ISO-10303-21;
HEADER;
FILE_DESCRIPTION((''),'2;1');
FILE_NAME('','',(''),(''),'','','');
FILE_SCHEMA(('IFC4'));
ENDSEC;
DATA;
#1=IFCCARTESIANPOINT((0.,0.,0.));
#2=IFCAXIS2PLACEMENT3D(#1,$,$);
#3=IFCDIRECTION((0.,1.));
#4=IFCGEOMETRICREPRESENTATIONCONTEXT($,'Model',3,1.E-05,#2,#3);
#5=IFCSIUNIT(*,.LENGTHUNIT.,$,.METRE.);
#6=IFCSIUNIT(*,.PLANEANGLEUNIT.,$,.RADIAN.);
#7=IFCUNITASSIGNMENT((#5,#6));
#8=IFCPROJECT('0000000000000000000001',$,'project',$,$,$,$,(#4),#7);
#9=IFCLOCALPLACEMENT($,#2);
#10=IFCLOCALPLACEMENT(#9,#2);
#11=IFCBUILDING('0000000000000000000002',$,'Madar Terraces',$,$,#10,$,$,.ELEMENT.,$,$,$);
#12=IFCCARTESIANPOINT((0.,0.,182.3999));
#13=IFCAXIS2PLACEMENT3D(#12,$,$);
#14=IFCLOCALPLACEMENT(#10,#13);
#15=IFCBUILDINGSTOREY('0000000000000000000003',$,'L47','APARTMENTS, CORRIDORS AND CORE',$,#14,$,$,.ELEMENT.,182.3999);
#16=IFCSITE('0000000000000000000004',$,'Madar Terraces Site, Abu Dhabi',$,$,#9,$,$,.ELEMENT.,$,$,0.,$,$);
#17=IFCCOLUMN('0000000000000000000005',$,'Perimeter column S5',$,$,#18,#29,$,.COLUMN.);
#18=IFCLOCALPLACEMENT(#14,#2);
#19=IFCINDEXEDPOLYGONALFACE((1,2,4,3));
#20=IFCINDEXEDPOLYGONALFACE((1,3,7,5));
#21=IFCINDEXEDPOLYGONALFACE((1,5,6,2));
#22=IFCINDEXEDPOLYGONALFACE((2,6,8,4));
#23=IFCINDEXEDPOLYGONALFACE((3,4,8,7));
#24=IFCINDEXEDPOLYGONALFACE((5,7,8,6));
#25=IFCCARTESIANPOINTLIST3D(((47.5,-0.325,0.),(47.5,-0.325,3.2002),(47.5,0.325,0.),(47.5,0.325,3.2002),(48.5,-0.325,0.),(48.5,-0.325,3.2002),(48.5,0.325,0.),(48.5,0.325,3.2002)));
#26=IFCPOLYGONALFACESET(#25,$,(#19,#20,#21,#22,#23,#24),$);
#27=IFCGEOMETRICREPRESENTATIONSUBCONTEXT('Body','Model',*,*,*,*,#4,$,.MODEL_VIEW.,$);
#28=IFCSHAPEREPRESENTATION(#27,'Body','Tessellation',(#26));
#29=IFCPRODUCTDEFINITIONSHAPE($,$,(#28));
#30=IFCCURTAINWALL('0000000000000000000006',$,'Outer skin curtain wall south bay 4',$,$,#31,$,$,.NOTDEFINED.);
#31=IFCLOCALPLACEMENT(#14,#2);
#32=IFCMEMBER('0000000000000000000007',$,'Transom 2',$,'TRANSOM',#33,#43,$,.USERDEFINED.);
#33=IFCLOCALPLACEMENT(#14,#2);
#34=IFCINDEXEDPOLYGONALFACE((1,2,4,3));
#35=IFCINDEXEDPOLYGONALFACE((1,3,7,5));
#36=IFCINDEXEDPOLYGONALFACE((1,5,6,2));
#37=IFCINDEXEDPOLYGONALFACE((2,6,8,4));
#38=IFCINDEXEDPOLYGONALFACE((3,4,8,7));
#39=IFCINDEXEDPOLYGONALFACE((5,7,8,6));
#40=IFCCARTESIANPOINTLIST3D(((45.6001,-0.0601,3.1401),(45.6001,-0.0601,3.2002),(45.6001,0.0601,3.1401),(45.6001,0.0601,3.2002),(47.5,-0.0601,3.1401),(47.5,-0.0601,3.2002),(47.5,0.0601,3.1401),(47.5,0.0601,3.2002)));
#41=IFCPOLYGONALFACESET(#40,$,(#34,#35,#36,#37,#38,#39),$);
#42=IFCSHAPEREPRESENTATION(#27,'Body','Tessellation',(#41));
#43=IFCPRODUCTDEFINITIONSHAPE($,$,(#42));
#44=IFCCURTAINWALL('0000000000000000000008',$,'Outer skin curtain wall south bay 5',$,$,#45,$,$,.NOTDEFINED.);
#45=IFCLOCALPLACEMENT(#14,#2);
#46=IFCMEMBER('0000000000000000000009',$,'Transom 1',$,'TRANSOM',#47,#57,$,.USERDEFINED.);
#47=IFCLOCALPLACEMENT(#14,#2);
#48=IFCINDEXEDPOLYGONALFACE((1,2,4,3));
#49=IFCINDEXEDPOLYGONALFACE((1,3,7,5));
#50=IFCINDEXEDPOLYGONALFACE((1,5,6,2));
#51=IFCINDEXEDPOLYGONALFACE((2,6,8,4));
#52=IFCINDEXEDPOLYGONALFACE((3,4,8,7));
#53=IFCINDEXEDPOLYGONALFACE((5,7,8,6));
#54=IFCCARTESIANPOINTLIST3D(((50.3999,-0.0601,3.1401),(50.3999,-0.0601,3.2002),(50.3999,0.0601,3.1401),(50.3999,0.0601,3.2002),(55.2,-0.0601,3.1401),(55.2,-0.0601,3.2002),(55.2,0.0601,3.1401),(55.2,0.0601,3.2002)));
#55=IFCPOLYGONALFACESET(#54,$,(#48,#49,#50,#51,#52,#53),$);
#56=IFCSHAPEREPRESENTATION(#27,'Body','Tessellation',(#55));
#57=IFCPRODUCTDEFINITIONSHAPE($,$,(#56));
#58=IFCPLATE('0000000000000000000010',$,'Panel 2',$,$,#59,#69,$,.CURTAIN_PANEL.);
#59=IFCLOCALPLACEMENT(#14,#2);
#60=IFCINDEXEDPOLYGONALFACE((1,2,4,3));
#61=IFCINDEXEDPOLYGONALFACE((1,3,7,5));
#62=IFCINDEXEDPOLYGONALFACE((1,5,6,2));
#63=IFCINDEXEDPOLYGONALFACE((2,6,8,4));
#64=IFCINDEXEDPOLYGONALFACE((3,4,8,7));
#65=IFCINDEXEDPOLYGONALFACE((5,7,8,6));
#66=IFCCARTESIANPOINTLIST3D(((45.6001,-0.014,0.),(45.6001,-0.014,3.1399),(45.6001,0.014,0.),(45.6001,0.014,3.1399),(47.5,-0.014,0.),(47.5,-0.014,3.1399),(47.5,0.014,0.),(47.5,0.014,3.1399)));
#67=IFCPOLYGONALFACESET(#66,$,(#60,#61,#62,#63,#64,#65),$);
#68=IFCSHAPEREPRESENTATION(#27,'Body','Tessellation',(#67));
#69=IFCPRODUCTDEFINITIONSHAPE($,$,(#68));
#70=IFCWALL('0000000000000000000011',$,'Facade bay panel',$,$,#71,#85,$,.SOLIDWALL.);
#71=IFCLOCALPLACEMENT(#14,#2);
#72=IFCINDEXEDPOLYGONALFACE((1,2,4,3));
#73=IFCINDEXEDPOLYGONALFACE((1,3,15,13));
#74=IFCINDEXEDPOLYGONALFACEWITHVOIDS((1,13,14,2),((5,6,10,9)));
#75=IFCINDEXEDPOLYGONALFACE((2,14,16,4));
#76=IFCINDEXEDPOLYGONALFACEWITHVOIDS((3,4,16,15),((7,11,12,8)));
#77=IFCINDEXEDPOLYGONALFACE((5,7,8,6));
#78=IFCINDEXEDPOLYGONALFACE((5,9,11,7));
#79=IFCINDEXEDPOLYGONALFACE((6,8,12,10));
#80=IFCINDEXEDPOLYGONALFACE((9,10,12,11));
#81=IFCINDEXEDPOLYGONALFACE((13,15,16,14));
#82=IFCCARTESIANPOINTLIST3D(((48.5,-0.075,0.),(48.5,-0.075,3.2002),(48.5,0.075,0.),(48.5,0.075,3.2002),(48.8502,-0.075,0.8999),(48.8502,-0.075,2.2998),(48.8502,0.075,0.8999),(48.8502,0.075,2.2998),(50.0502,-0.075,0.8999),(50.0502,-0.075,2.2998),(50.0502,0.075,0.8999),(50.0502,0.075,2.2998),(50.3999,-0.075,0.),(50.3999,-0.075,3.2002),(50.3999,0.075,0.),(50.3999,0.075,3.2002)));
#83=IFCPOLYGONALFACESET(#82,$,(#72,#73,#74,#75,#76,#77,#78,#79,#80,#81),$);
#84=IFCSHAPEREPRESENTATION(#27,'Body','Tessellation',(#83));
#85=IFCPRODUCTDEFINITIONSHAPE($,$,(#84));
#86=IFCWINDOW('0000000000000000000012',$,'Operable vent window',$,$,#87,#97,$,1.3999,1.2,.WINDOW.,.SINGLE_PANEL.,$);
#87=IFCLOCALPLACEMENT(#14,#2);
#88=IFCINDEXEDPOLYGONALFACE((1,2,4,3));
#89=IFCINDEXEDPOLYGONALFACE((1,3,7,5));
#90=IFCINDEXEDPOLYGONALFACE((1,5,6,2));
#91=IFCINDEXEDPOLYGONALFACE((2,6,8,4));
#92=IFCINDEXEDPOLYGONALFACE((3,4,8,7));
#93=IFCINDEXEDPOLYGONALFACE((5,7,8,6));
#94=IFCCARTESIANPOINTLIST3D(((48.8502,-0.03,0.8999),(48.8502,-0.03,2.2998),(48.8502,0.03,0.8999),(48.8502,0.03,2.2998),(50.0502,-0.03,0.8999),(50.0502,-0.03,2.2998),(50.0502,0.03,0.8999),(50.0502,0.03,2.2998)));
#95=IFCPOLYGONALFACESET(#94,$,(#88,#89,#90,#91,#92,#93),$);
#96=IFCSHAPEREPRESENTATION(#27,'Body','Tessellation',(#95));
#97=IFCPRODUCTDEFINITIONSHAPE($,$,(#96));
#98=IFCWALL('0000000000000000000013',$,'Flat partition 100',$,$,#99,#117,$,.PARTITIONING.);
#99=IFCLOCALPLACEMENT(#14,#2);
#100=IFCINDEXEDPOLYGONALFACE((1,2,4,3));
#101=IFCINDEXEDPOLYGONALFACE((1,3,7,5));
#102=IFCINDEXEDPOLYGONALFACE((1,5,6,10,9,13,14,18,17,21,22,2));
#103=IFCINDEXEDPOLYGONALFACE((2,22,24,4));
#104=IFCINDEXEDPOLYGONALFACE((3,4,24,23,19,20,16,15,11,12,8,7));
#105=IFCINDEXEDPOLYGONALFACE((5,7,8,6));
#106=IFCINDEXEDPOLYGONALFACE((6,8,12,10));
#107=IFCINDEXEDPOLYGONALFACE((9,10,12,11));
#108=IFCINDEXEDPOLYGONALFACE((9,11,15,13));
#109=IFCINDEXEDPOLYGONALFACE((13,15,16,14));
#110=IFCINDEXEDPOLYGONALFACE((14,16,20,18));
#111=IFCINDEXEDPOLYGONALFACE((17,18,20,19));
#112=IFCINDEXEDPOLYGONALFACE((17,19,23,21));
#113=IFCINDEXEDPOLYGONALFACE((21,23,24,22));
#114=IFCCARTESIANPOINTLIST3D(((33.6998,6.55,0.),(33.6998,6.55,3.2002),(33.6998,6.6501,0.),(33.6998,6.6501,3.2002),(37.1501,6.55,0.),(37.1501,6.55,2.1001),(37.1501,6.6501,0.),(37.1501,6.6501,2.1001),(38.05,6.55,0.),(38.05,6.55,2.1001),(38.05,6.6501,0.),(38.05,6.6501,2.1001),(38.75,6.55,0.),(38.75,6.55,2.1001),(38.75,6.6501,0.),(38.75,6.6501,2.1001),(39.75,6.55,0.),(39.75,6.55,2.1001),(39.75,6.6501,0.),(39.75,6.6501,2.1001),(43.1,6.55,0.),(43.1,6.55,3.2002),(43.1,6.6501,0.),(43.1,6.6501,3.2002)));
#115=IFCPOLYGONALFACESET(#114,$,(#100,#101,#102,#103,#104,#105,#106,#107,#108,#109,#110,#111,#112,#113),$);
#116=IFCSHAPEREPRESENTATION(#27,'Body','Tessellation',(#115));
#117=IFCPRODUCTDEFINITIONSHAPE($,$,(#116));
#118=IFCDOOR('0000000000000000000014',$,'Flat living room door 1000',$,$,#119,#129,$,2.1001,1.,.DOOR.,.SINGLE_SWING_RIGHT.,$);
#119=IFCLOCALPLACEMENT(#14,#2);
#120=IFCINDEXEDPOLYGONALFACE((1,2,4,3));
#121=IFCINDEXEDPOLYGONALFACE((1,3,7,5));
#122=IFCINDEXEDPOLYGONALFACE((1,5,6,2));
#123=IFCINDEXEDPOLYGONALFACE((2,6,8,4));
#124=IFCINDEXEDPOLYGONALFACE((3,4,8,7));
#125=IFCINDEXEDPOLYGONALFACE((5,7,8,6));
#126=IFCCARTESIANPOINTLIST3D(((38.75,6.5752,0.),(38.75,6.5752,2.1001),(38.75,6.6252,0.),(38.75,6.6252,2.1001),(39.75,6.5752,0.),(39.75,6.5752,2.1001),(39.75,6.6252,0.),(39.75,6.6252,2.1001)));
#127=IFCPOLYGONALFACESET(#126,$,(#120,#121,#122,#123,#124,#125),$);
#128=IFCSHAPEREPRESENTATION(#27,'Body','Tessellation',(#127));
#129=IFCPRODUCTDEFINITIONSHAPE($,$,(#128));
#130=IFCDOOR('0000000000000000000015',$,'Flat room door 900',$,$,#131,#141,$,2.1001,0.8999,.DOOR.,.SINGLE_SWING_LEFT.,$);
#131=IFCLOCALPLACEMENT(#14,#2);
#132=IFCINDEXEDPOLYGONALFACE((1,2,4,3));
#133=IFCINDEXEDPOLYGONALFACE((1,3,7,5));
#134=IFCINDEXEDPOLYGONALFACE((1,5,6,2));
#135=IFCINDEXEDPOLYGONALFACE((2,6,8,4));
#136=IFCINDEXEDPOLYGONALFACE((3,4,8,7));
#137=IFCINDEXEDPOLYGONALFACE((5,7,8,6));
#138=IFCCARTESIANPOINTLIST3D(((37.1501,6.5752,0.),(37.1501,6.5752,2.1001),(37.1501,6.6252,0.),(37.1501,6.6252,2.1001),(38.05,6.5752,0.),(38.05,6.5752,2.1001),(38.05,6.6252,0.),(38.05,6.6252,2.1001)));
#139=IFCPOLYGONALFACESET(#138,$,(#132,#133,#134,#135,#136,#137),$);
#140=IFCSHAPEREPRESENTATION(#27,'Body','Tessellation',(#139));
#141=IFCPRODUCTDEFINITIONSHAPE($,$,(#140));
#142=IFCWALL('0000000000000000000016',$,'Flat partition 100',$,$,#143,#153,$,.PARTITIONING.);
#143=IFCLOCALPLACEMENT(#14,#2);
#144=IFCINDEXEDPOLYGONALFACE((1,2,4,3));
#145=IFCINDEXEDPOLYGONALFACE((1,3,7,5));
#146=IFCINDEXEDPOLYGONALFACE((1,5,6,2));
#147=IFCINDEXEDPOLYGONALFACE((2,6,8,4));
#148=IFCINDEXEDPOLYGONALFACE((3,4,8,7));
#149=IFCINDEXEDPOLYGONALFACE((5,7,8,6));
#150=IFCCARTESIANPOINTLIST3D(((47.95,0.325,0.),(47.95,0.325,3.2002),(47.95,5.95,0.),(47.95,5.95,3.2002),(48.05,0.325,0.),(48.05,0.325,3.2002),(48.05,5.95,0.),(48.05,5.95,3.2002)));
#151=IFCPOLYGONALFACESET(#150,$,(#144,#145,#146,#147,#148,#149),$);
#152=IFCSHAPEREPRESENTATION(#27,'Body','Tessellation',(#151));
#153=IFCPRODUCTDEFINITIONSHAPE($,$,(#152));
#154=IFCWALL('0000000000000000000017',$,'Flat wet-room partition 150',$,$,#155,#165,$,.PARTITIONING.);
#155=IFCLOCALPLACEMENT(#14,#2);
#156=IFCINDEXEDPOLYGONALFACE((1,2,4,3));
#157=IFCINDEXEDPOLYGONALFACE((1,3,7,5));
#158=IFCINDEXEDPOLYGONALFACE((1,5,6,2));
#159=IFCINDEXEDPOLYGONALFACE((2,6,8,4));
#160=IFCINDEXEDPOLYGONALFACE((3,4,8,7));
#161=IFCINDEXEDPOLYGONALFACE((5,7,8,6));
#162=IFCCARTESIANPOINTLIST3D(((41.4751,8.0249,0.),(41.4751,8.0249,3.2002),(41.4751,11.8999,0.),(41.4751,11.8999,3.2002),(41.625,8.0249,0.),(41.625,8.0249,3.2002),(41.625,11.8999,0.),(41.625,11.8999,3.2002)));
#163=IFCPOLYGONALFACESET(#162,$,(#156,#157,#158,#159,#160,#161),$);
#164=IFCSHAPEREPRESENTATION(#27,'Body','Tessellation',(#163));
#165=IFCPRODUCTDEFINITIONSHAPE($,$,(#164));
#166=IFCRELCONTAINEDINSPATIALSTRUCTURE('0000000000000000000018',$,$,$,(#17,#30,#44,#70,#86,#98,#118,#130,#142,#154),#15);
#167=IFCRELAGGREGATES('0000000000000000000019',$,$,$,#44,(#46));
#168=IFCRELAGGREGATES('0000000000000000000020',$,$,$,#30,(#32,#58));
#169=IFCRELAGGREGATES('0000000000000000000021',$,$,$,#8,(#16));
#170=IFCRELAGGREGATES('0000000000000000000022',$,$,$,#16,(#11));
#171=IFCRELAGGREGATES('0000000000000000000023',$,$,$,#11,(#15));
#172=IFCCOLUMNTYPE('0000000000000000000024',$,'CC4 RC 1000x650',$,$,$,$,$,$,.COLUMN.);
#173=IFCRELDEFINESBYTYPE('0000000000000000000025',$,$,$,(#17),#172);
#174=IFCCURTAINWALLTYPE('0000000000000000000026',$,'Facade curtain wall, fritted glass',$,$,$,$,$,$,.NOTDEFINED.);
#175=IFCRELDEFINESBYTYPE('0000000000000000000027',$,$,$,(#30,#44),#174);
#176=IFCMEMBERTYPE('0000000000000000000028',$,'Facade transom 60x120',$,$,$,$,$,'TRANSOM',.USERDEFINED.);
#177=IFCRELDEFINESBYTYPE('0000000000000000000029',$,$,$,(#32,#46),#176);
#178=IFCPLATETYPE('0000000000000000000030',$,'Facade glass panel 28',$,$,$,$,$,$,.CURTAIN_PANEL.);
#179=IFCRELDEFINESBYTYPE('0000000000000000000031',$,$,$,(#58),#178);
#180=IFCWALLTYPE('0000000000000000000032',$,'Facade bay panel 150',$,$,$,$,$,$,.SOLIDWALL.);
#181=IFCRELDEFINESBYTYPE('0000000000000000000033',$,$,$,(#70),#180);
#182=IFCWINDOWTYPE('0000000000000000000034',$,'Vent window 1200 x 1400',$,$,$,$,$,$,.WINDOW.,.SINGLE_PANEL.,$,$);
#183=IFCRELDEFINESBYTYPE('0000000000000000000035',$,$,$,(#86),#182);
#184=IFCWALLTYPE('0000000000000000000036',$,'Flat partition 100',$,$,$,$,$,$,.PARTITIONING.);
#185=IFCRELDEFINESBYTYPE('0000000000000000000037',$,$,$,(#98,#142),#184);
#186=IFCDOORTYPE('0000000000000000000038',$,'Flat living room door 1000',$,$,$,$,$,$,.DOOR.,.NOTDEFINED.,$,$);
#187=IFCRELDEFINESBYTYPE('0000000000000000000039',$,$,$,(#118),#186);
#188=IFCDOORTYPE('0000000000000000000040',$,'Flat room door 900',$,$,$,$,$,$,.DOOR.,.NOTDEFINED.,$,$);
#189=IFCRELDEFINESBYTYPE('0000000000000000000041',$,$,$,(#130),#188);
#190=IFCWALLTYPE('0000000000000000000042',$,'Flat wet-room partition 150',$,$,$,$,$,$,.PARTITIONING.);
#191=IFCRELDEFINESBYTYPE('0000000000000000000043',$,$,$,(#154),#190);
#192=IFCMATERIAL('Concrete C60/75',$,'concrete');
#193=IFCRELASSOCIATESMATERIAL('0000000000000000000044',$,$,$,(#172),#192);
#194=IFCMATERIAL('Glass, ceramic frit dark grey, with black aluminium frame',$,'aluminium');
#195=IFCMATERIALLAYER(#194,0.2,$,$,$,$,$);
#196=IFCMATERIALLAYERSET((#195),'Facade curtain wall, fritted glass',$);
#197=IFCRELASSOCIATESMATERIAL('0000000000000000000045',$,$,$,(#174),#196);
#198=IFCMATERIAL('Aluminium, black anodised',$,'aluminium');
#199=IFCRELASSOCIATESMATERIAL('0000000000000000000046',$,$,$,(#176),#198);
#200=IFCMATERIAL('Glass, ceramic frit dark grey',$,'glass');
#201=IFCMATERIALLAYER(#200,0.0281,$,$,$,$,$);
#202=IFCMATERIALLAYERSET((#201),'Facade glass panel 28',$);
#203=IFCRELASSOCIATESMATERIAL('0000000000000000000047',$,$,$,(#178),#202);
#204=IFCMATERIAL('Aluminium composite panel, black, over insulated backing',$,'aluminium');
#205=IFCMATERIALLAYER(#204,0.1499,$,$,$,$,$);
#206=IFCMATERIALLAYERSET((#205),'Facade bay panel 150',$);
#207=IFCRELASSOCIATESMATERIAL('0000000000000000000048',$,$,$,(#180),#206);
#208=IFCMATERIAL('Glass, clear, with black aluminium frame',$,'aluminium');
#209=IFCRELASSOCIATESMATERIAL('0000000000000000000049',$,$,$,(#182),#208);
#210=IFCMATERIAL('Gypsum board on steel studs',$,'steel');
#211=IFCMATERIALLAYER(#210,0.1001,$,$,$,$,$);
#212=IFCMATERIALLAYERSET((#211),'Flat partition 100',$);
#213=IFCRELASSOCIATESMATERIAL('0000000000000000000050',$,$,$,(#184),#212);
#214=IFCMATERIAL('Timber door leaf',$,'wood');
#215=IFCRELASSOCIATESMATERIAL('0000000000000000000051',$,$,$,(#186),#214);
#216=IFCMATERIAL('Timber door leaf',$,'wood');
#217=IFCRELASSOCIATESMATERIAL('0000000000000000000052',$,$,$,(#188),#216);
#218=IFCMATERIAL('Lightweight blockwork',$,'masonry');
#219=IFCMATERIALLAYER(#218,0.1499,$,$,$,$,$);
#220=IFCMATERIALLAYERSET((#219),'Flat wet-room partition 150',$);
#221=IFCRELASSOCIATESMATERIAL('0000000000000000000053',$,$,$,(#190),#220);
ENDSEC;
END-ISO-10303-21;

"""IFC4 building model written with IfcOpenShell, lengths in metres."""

from ifc_helpers import new_model, si_unit, direction, frame, frame_2d, origin, origin_2d, place, context, subcontext, project, spatial, rectangle, extrude, material, layer, layer_set, material_profile, profile_set, type_object, element, fill, aggregate, save


model = new_model("IFC4")

# Units and contexts
model_context = context("Model", 3, precision=1e-05, world=origin(), true_north=direction((0.0, 1.0)))
body_context = subcontext(model_context, "Body", "Model", "MODEL_VIEW")
ifc_project = project(units=[si_unit("LENGTHUNIT", "METRE"), si_unit("PLANEANGLEUNIT", "RADIAN")], contexts=[model_context])

# Site, building, storey
site_placement = place(None, origin())
site = spatial("IfcSite", under=ifc_project, at=site_placement, Name="Madar Terraces Site, Abu Dhabi", CompositionType="ELEMENT", RefElevation=0.0)
building_placement = place(site_placement, origin())
building = spatial("IfcBuilding", under=site, at=building_placement, Name="Madar Terraces", CompositionType="ELEMENT")
storey_placement = place(building_placement, frame((0.0, 0.0, 182.3999)))
storey = spatial("IfcBuildingStorey", under=building, at=storey_placement, Name="L47", Description="APARTMENTS, CORRIDORS AND CORE", CompositionType="ELEMENT", Elevation=182.3999)

# Column
ifc_material_1 = material(Name="Concrete C60/75", Category="concrete")
ifc_material_profile_1 = material_profile(ifc_material_1, rectangle(XDim=1.0, YDim=0.6499, at=origin_2d()), Name="CC4 RC 1000x650")
ifc_profile_set_1 = profile_set([ifc_material_profile_1], Name="Concrete C60/75")
column_type = type_object("IfcColumnType", Name="CC4 RC 1000x650", PredefinedType="COLUMN", material=ifc_profile_set_1)
column_placement = place(storey_placement, frame((48.0, 0.0, 0.0), z_axis=(0.0, 0.0, 1.0), x_axis=(1.0, 0.0, 0.0)))
element("IfcColumn", 1, at=column_placement, inside=storey, type_object=column_type, Name="Perimeter column S5", PredefinedType="COLUMN", context=body_context, shape_type="SweptSolid", body=[
    extrude(rectangle(XDim=1.0, YDim=0.6499, at=origin_2d()), origin(), (0.0, 0.0, 1.0), 3.2002),
])

# Curtain walls, members
ifc_material_2 = material(Name="Glass, ceramic frit dark grey, with black aluminium frame", Category="aluminium")
ifc_layer_1 = layer(ifc_material_2, 0.2)
ifc_layer_set_1 = layer_set([ifc_layer_1], Name="Facade curtain wall, fritted glass")
curtain_wall_type = type_object("IfcCurtainWallType", Name="Facade curtain wall, fritted glass", PredefinedType="NOTDEFINED", material=ifc_layer_set_1)
curtain_wall_1_placement = place(storey_placement, origin())
curtain_wall_1 = element("IfcCurtainWall", 2, at=curtain_wall_1_placement, inside=storey, type_object=curtain_wall_type, Name="Outer skin curtain wall south bay 4", PredefinedType="NOTDEFINED")
ifc_material_3 = material(Name="Aluminium, black anodised", Category="aluminium")
ifc_material_profile_2 = material_profile(ifc_material_3, rectangle(XDim=0.1201, YDim=0.0601, at=origin_2d()), Name="Facade transom 60x120")
ifc_profile_set_2 = profile_set([ifc_material_profile_2], Name="Aluminium, black anodised")
member_type = type_object("IfcMemberType", Name="Facade transom 60x120", ElementType="TRANSOM", PredefinedType="USERDEFINED", material=ifc_profile_set_2)
member_1_placement = place(storey_placement, frame((45.6001, 0.0, 3.1702), z_axis=(1.0, 0.0, 0.0), x_axis=(0.0, 1.0, 0.0)))
member_1 = element("IfcMember", 3, at=member_1_placement, type_object=member_type, Name="Transom 2", ObjectType="TRANSOM", PredefinedType="USERDEFINED", context=body_context, shape_type="SweptSolid", body=[
    extrude(rectangle(XDim=0.1201, YDim=0.0601, at=origin_2d()), origin(), (0.0, 0.0, 1.0), 1.8999),
])
curtain_wall_2_placement = place(storey_placement, origin())
curtain_wall_2 = element("IfcCurtainWall", 4, at=curtain_wall_2_placement, inside=storey, type_object=curtain_wall_type, Name="Outer skin curtain wall south bay 5", PredefinedType="NOTDEFINED")
member_2_placement = place(storey_placement, frame((50.3999, 0.0, 3.1702), z_axis=(1.0, 0.0, 0.0), x_axis=(0.0, 1.0, 0.0)))
member_2 = element("IfcMember", 5, at=member_2_placement, type_object=member_type, Name="Transom 1", ObjectType="TRANSOM", PredefinedType="USERDEFINED", context=body_context, shape_type="SweptSolid", body=[
    extrude(rectangle(XDim=0.1201, YDim=0.0601, at=origin_2d()), origin(), (0.0, 0.0, 1.0), 4.8),
])
aggregate(curtain_wall_2, [member_2])

# Plate
ifc_material_4 = material(Name="Glass, ceramic frit dark grey", Category="glass")
ifc_layer_2 = layer(ifc_material_4, 0.0281)
ifc_layer_set_2 = layer_set([ifc_layer_2], Name="Facade glass panel 28")
plate_type = type_object("IfcPlateType", Name="Facade glass panel 28", PredefinedType="CURTAIN_PANEL", material=ifc_layer_set_2)
plate_placement = place(storey_placement, frame((46.55, 0.0, 0.0), z_axis=(0.0, 0.0, 1.0), x_axis=(1.0, 0.0, 0.0)))
plate = element("IfcPlate", 6, at=plate_placement, type_object=plate_type, Name="Panel 2", PredefinedType="CURTAIN_PANEL", context=body_context, shape_type="SweptSolid", body=[
    extrude(rectangle(XDim=1.8999, YDim=0.0281, at=origin_2d()), origin(), (0.0, 0.0, 1.0), 3.1399),
])
aggregate(curtain_wall_1, [member_1, plate])

# Shared definitions
ifc_material_5 = material(Name="Aluminium composite panel, black, over insulated backing", Category="aluminium")
ifc_layer_3 = layer(ifc_material_5, 0.1499)
ifc_layer_set_3 = layer_set([ifc_layer_3], Name="Facade bay panel 150")
wall_type_1 = type_object("IfcWallType", Name="Facade bay panel 150", PredefinedType="SOLIDWALL", material=ifc_layer_set_3)

# Wall, opening, window
wall_1_placement = place(storey_placement, frame((48.5, 0.0, 0.0), z_axis=(0.0, 0.0, 1.0), x_axis=(1.0, 0.0, 0.0)))
wall_1 = element("IfcWall", 7, at=wall_1_placement, inside=storey, type_object=wall_type_1, Name="Facade bay panel", PredefinedType="SOLIDWALL", context=body_context, shape_type="SweptSolid", body=[
    extrude(rectangle(XDim=1.8999, YDim=0.1499, at=frame_2d((0.95, 0.0))), origin(), (0.0, 0.0, 1.0), 3.2002),
])
opening_1_placement = place(wall_1_placement, frame((0.3501, 0.0, 0.8999)))
opening_1 = element("IfcOpeningElement", 8, at=opening_1_placement, cuts=wall_1, PredefinedType="OPENING", context=body_context, shape_type="SweptSolid", body=[
    extrude(rectangle(XDim=1.2, YDim=1.3999, at=frame_2d((0.6001, 0.7))), frame((0.0, 0.085, 0.0), z_axis=(0.0, -1.0, 0.0), x_axis=(1.0, 0.0, 0.0)), (0.0, 0.0, 1.0), 0.1699),
])
ifc_material_6 = material(Name="Glass, clear, with black aluminium frame", Category="aluminium")
window_type = type_object("IfcWindowType", Name="Vent window 1200 x 1400", PartitioningType="SINGLE_PANEL", PredefinedType="WINDOW", material=ifc_material_6)
window_placement = place(opening_1_placement, origin())
window = element("IfcWindow", 9, at=window_placement, inside=storey, type_object=window_type, Name="Operable vent window", OverallHeight=1.3999, OverallWidth=1.2, PartitioningType="SINGLE_PANEL", PredefinedType="WINDOW", context=body_context, shape_type="SweptSolid", body=[
    extrude(rectangle(XDim=1.2, YDim=1.3999, at=frame_2d((0.6001, 0.7))), frame((0.0, 0.03, 0.0), z_axis=(0.0, -1.0, 0.0), x_axis=(1.0, 0.0, 0.0)), (0.0, 0.0, 1.0), 0.0601),
])
fill(opening_1, window)

# Wall, openings, doors
ifc_material_7 = material(Name="Gypsum board on steel studs", Category="steel")
ifc_layer_4 = layer(ifc_material_7, 0.1001)
ifc_layer_set_4 = layer_set([ifc_layer_4], Name="Flat partition 100")
wall_type_2 = type_object("IfcWallType", Name="Flat partition 100", PredefinedType="PARTITIONING", material=ifc_layer_set_4)
wall_2_placement = place(storey_placement, frame((43.1001, 6.6001, 0.0), z_axis=(0.0, 0.0, 1.0), x_axis=(-1.0, 0.0, 0.0)))
wall_2 = element("IfcWall", 10, at=wall_2_placement, inside=storey, type_object=wall_type_2, Name="Flat partition 100", PredefinedType="PARTITIONING", context=body_context, shape_type="SweptSolid", body=[
    extrude(rectangle(XDim=9.4001, YDim=0.1001, at=frame_2d((4.7002, 0.0))), origin(), (0.0, 0.0, 1.0), 3.2002),
])
opening_2_placement = place(wall_2_placement, frame((3.3501, 0.0, 0.0)))
opening_2 = element("IfcOpeningElement", 11, at=opening_2_placement, cuts=wall_2, PredefinedType="OPENING", context=body_context, shape_type="SweptSolid", body=[
    extrude(rectangle(XDim=1.0, YDim=2.1001, at=frame_2d((0.5, 1.05))), frame((0.0, 0.0601, 0.0), z_axis=(0.0, -1.0, 0.0), x_axis=(1.0, 0.0, 0.0)), (0.0, 0.0, 1.0), 0.1201),
])
opening_3_placement = place(wall_2_placement, frame((5.05, 0.0, 0.0)))
opening_3 = element("IfcOpeningElement", 12, at=opening_3_placement, cuts=wall_2, PredefinedType="OPENING", context=body_context, shape_type="SweptSolid", body=[
    extrude(rectangle(XDim=0.8999, YDim=2.1001, at=frame_2d((0.45, 1.05))), frame((0.0, 0.0601, 0.0), z_axis=(0.0, -1.0, 0.0), x_axis=(1.0, 0.0, 0.0)), (0.0, 0.0, 1.0), 0.1201),
])
ifc_material_8 = material(Name="Timber door leaf", Category="wood")
door_type_1 = type_object("IfcDoorType", Name="Flat living room door 1000", OperationType="NOTDEFINED", PredefinedType="DOOR", material=ifc_material_8)
door_1_placement = place(opening_2_placement, origin())
door_1 = element("IfcDoor", 13, at=door_1_placement, inside=storey, type_object=door_type_1, Name="Flat living room door 1000", OperationType="SINGLE_SWING_RIGHT", OverallHeight=2.1001, OverallWidth=1.0, PredefinedType="DOOR", context=body_context, shape_type="SweptSolid", body=[
    extrude(rectangle(XDim=1.0, YDim=2.1001, at=frame_2d((0.5, 1.05))), frame((0.0, 0.0249, 0.0), z_axis=(0.0, -1.0, 0.0), x_axis=(1.0, 0.0, 0.0)), (0.0, 0.0, 1.0), 0.05),
])
fill(opening_2, door_1)
ifc_material_9 = material(Name="Timber door leaf", Category="wood")
door_type_2 = type_object("IfcDoorType", Name="Flat room door 900", OperationType="NOTDEFINED", PredefinedType="DOOR", material=ifc_material_9)
door_2_placement = place(opening_3_placement, origin())
door_2 = element("IfcDoor", 14, at=door_2_placement, inside=storey, type_object=door_type_2, Name="Flat room door 900", OperationType="SINGLE_SWING_LEFT", OverallHeight=2.1001, OverallWidth=0.8999, PredefinedType="DOOR", context=body_context, shape_type="SweptSolid", body=[
    extrude(rectangle(XDim=0.8999, YDim=2.1001, at=frame_2d((0.45, 1.05))), frame((0.0, 0.0249, 0.0), z_axis=(0.0, -1.0, 0.0), x_axis=(1.0, 0.0, 0.0)), (0.0, 0.0, 1.0), 0.05),
])
fill(opening_3, door_2)

# Walls
wall_3_placement = place(storey_placement, frame((48.0, 5.95, 0.0), z_axis=(0.0, 0.0, 1.0), x_axis=(0.0, -1.0, 0.0)))
element("IfcWall", 15, at=wall_3_placement, inside=storey, type_object=wall_type_2, Name="Flat partition 100", PredefinedType="PARTITIONING", context=body_context, shape_type="SweptSolid", body=[
    extrude(rectangle(XDim=5.625, YDim=0.1001, at=frame_2d((2.8125, 0.0))), origin(), (0.0, 0.0, 1.0), 3.2002),
])
ifc_material_10 = material(Name="Lightweight blockwork", Category="masonry")
ifc_layer_5 = layer(ifc_material_10, 0.1499)
ifc_layer_set_5 = layer_set([ifc_layer_5], Name="Flat wet-room partition 150")
wall_type_3 = type_object("IfcWallType", Name="Flat wet-room partition 150", PredefinedType="PARTITIONING", material=ifc_layer_set_5)
wall_4_placement = place(storey_placement, frame((41.55, 11.8999, 0.0), z_axis=(0.0, 0.0, 1.0), x_axis=(0.0, -1.0, 0.0)))
element("IfcWall", 16, at=wall_4_placement, inside=storey, type_object=wall_type_3, Name="Flat wet-room partition 150", PredefinedType="PARTITIONING", context=body_context, shape_type="SweptSolid", body=[
    extrude(rectangle(XDim=3.875, YDim=0.1499, at=frame_2d((1.9375, 0.0))), origin(), (0.0, 0.0, 1.0), 3.2002),
])

save(model, "model.ifc")
